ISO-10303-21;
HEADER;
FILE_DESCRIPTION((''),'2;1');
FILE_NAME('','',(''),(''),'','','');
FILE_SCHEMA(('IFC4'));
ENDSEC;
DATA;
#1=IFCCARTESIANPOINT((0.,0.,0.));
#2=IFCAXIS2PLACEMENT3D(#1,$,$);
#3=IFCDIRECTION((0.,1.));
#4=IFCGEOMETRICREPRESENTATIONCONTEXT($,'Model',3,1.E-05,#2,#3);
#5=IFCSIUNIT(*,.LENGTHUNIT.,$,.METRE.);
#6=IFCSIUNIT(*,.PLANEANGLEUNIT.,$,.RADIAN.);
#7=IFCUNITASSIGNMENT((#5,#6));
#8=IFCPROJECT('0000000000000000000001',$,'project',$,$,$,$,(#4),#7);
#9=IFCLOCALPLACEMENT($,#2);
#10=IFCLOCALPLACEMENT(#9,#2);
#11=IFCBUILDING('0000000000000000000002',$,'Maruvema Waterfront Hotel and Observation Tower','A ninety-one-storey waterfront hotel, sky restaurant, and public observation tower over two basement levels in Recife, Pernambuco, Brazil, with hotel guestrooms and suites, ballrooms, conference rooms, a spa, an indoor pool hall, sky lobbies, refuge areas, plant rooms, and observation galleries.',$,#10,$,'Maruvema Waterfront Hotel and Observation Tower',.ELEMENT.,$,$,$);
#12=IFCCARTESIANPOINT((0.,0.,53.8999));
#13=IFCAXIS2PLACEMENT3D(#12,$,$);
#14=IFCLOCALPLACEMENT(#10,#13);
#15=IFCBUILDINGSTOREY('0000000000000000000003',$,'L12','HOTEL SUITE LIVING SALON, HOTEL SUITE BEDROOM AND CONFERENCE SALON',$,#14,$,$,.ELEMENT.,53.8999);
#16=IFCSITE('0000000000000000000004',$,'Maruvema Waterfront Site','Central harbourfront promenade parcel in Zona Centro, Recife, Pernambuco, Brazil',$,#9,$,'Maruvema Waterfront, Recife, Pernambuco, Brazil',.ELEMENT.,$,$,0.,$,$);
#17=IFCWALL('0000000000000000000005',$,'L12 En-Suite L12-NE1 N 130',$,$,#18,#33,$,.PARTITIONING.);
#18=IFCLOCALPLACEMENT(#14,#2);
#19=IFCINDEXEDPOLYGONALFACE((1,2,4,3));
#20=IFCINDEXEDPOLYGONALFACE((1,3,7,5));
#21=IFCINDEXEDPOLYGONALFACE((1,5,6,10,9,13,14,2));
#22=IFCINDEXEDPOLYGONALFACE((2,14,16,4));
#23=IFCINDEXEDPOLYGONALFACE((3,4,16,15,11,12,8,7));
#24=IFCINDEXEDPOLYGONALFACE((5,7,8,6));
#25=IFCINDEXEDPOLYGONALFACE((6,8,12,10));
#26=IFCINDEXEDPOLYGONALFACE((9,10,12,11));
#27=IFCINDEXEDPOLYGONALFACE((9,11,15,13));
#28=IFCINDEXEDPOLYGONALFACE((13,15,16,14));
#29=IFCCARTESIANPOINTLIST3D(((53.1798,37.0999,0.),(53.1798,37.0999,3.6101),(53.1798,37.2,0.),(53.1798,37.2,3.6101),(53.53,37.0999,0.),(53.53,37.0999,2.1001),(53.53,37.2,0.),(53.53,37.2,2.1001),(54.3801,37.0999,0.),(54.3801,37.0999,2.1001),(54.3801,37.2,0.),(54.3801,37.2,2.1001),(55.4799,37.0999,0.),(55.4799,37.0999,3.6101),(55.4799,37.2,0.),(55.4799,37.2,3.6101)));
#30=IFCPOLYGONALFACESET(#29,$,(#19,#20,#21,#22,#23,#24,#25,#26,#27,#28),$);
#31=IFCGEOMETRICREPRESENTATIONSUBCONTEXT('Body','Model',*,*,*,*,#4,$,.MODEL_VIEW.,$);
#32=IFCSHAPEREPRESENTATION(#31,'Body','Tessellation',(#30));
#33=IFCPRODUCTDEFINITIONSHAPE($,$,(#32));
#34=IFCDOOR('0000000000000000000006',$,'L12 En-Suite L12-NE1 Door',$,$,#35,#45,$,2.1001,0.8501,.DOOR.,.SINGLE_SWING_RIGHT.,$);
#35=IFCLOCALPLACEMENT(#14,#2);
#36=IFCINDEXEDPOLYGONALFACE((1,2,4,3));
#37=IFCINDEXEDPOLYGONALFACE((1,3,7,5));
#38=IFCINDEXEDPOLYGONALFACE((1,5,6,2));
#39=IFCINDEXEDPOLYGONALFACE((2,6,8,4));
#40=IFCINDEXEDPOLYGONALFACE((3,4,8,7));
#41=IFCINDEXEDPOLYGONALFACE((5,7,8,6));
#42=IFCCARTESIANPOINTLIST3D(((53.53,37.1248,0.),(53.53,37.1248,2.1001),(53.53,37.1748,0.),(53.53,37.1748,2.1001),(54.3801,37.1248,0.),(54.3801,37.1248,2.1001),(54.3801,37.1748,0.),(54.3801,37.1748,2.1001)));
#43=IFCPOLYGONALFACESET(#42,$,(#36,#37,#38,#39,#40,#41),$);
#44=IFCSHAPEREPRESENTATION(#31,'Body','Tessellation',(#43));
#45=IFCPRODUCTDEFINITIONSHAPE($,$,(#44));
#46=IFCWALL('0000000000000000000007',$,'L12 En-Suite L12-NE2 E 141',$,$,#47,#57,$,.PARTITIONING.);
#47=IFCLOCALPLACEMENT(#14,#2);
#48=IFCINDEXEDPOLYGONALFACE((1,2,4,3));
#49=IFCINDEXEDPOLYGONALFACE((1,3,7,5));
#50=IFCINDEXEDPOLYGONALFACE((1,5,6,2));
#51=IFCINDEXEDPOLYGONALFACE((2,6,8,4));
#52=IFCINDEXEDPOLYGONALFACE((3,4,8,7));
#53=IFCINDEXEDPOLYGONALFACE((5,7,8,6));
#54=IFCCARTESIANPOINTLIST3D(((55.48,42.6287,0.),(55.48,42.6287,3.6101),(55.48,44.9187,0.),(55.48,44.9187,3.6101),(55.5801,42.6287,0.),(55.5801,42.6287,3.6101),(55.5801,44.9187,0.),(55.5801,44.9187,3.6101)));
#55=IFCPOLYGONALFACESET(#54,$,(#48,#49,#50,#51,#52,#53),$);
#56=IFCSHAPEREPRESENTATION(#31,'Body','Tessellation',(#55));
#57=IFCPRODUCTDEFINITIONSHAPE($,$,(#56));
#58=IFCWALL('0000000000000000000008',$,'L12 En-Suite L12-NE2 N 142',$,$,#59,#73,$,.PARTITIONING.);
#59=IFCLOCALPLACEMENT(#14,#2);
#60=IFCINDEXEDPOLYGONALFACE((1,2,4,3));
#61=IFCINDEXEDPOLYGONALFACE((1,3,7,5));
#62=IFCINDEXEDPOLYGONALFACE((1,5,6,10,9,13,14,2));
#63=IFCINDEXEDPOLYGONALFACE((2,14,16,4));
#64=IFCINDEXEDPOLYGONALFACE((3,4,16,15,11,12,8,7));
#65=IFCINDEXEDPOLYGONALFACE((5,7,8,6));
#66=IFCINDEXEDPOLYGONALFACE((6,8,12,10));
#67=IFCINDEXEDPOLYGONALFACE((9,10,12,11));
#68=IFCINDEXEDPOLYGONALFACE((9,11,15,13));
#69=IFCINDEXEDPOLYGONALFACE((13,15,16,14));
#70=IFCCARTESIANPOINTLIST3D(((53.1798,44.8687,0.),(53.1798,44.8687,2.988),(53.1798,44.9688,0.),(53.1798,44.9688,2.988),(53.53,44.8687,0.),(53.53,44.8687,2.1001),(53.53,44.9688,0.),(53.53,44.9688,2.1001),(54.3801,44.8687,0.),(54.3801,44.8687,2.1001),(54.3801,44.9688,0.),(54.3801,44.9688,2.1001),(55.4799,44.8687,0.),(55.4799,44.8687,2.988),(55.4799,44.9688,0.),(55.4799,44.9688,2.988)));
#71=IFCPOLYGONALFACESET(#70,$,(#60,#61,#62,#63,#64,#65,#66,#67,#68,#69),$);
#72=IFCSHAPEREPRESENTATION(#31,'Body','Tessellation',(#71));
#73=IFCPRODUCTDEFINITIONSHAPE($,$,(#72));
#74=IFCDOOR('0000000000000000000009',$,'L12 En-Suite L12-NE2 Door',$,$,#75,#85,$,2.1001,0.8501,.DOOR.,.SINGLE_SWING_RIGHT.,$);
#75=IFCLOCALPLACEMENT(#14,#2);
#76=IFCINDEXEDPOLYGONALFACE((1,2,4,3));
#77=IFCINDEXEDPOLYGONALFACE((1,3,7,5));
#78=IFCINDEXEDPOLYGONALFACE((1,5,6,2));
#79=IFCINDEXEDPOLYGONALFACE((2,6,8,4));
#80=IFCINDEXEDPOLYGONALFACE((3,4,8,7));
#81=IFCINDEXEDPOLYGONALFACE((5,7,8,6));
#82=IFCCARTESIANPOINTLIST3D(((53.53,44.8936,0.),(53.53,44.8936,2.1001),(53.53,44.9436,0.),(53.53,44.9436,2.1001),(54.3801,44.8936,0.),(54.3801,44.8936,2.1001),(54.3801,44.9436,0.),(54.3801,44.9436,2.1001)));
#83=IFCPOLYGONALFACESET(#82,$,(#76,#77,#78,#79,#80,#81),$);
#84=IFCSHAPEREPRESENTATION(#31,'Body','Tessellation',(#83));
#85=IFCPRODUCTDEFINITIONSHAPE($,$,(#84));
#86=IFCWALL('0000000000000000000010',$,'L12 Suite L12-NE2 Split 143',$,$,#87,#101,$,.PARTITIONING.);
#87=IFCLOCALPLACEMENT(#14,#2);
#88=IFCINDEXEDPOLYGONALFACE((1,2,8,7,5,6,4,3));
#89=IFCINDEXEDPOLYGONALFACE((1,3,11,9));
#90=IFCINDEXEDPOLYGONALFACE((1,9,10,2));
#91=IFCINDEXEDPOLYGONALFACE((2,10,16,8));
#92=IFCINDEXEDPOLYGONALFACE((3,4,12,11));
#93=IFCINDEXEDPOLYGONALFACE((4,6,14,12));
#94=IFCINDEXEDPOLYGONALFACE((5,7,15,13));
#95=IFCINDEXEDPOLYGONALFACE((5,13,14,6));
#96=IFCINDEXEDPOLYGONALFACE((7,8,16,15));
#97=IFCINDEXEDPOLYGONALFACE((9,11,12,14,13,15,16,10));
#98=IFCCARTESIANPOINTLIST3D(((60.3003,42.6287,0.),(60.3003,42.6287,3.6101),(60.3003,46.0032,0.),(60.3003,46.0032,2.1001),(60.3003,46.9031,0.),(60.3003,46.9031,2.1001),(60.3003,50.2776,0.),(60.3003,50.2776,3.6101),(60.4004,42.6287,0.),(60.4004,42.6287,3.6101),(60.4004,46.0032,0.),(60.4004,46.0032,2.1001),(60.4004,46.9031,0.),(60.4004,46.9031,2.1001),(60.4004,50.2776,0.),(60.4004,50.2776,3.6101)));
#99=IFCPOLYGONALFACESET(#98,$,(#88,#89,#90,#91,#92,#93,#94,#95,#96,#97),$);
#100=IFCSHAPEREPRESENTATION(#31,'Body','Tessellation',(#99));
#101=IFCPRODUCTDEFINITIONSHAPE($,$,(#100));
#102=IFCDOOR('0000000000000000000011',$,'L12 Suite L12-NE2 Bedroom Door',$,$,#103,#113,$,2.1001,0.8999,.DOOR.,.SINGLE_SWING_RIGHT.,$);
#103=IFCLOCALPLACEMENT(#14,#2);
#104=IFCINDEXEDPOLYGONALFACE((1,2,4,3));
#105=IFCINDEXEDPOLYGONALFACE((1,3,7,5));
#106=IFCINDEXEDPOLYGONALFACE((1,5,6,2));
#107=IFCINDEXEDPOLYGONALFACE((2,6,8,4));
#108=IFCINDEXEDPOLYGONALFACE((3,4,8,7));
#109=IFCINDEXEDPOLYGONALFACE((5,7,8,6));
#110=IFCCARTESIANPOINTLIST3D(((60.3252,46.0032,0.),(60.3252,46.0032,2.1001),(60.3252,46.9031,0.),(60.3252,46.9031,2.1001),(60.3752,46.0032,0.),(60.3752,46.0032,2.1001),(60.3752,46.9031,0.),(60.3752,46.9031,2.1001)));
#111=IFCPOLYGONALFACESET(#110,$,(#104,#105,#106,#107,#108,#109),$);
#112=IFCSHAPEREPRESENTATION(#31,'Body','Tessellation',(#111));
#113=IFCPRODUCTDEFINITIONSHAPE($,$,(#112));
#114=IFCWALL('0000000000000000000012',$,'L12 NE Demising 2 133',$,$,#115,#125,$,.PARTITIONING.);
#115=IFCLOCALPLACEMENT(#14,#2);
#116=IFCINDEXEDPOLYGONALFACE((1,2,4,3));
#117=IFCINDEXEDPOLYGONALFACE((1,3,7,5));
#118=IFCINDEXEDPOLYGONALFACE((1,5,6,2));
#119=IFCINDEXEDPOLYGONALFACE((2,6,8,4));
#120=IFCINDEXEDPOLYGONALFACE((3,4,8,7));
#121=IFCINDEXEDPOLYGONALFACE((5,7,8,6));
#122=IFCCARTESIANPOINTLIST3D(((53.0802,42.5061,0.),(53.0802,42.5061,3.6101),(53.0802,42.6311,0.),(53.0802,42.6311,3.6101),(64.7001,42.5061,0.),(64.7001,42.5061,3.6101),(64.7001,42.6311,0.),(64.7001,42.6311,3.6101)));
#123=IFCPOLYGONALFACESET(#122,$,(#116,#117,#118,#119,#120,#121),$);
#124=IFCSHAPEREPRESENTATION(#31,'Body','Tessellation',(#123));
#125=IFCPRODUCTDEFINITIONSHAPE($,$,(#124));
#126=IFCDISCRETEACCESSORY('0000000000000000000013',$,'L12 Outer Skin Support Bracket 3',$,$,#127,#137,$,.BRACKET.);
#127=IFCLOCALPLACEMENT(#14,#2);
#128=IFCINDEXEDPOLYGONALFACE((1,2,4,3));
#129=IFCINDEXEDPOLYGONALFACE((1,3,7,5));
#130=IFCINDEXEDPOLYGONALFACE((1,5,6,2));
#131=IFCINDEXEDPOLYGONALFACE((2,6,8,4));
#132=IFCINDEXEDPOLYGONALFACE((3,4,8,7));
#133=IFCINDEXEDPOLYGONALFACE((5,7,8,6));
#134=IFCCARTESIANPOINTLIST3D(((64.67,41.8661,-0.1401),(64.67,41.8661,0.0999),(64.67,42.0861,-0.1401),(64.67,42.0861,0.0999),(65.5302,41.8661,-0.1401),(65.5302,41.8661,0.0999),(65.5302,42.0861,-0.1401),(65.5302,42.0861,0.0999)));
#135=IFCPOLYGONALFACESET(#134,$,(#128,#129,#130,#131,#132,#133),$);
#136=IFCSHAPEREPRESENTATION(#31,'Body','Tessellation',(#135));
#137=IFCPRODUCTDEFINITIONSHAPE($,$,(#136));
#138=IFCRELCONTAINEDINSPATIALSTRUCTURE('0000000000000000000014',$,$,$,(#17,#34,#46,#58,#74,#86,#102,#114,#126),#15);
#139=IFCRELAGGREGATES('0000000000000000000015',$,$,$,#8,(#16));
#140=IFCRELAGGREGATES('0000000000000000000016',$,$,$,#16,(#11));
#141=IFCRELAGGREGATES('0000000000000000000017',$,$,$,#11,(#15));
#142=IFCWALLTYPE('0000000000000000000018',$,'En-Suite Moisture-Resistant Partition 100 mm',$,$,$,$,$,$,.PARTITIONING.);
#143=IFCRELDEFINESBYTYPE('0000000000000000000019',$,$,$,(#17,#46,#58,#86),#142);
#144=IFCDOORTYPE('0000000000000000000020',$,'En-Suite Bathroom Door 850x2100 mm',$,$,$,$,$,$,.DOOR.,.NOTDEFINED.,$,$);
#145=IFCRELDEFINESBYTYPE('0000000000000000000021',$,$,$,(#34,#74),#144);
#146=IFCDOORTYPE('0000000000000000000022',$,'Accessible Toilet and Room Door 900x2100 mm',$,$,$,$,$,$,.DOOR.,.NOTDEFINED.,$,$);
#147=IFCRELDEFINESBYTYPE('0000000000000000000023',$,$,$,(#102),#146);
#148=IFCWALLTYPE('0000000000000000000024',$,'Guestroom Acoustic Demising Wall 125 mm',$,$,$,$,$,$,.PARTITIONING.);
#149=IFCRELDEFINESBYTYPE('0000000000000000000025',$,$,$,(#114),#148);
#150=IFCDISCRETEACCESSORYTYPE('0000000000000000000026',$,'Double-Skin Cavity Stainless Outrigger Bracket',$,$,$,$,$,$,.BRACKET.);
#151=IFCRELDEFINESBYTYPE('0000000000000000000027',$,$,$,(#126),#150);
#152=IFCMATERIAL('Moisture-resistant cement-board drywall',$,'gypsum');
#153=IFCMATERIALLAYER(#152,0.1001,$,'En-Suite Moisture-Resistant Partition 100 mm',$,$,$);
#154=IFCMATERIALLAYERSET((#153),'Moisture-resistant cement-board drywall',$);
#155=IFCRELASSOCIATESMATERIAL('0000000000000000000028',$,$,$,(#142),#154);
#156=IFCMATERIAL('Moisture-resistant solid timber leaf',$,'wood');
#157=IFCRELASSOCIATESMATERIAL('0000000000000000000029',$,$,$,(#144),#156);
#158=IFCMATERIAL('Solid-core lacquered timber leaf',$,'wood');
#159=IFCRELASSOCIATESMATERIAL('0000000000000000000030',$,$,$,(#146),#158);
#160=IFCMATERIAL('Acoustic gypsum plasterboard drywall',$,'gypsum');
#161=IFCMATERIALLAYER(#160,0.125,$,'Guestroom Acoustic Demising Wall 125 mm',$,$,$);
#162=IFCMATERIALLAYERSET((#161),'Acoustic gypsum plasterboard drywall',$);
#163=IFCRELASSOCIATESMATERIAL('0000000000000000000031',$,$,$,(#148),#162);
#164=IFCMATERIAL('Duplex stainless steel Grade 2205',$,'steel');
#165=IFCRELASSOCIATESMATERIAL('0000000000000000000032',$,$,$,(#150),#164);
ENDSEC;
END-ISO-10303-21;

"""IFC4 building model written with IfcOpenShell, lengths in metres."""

from ifc_helpers import new_model, si_unit, direction, frame, frame_2d, origin, origin_2d, place, context, subcontext, project, spatial, rectangle, extrude, material, layer, layer_set, type_object, element, fill, save


model = new_model("IFC4")

# Units and contexts
model_context = context("Model", 3, precision=1e-05, world=origin(), true_north=direction((0.0, 1.0)))
body_context = subcontext(model_context, "Body", "Model", "MODEL_VIEW")
ifc_project = project(units=[si_unit("LENGTHUNIT", "METRE"), si_unit("PLANEANGLEUNIT", "RADIAN")], contexts=[model_context])

# Site, building, storey
site_placement = place(None, origin())
site = spatial("IfcSite", under=ifc_project, at=site_placement, Name="Maruvema Waterfront Site", Description="Central harbourfront promenade parcel in Zona Centro, Recife, Pernambuco, Brazil", LongName="Maruvema Waterfront, Recife, Pernambuco, Brazil", CompositionType="ELEMENT", RefElevation=0.0)
building_placement = place(site_placement, origin())
building = spatial("IfcBuilding", under=site, at=building_placement, Name="Maruvema Waterfront Hotel and Observation Tower", Description="A ninety-one-storey waterfront hotel, sky restaurant, and public observation tower over two basement levels in Recife, Pernambuco, Brazil, with hotel guestrooms and suites, ballrooms, conference rooms, a spa, an indoor pool hall, sky lobbies, refuge areas, plant rooms, and observation galleries.", LongName="Maruvema Waterfront Hotel and Observation Tower", CompositionType="ELEMENT")
storey_placement = place(building_placement, frame((0.0, 0.0, 53.8999)))
storey = spatial("IfcBuildingStorey", under=building, at=storey_placement, Name="L12", Description="HOTEL SUITE LIVING SALON, HOTEL SUITE BEDROOM AND CONFERENCE SALON", CompositionType="ELEMENT", Elevation=53.8999)

# Wall, opening, door
ifc_material_1 = material(Name="Moisture-resistant cement-board drywall", Category="gypsum")
ifc_layer_1 = layer(ifc_material_1, 0.1001, Name="En-Suite Moisture-Resistant Partition 100 mm")
ifc_layer_set_1 = layer_set([ifc_layer_1], Name="Moisture-resistant cement-board drywall")
wall_type_1 = type_object("IfcWallType", Name="En-Suite Moisture-Resistant Partition 100 mm", PredefinedType="PARTITIONING", material=ifc_layer_set_1)
wall_1_placement = place(storey_placement, frame((53.1799, 37.1499, 0.0), z_axis=(0.0, 0.0, 1.0), x_axis=(1.0, 0.0, 0.0)))
wall_1 = element("IfcWall", 1, at=wall_1_placement, inside=storey, type_object=wall_type_1, Name="L12 En-Suite L12-NE1 N 130", PredefinedType="PARTITIONING", context=body_context, shape_type="SweptSolid", body=[
    extrude(rectangle(XDim=2.3, YDim=0.1001, at=frame_2d((1.1499, 0.0))), origin(), (0.0, 0.0, 1.0), 3.6101),
])
opening_1_placement = place(wall_1_placement, frame((0.3501, 0.0, 0.0)))
opening_1 = element("IfcOpeningElement", 2, at=opening_1_placement, cuts=wall_1, PredefinedType="OPENING", context=body_context, shape_type="SweptSolid", body=[
    extrude(rectangle(XDim=0.8501, YDim=2.1001, at=frame_2d((0.425, 1.05))), frame((0.0, 0.0601, 0.0), z_axis=(0.0, -1.0, 0.0), x_axis=(1.0, 0.0, 0.0)), (0.0, 0.0, 1.0), 0.1201),
])
ifc_material_2 = material(Name="Moisture-resistant solid timber leaf", Category="wood")
door_type_1 = type_object("IfcDoorType", Name="En-Suite Bathroom Door 850x2100 mm", OperationType="NOTDEFINED", PredefinedType="DOOR", material=ifc_material_2)
door_1_placement = place(opening_1_placement, origin())
door_1 = element("IfcDoor", 3, at=door_1_placement, inside=storey, type_object=door_type_1, Name="L12 En-Suite L12-NE1 Door", OperationType="SINGLE_SWING_RIGHT", OverallHeight=2.1001, OverallWidth=0.8501, PredefinedType="DOOR", context=body_context, shape_type="SweptSolid", body=[
    extrude(rectangle(XDim=0.8501, YDim=2.1001, at=frame_2d((0.425, 1.05))), frame((0.0, 0.0249, 0.0), z_axis=(0.0, -1.0, 0.0), x_axis=(1.0, 0.0, 0.0)), (0.0, 0.0, 1.0), 0.05),
])
fill(opening_1, door_1)

# Wall
wall_2_placement = place(storey_placement, frame((55.53, 42.6287, 0.0), z_axis=(0.0, 0.0, 1.0), x_axis=(0.0, 1.0, 0.0)))
element("IfcWall", 4, at=wall_2_placement, inside=storey, type_object=wall_type_1, Name="L12 En-Suite L12-NE2 E 141", PredefinedType="PARTITIONING", context=body_context, shape_type="SweptSolid", body=[
    extrude(rectangle(XDim=2.29, YDim=0.1001, at=frame_2d((1.145, 0.0))), origin(), (0.0, 0.0, 1.0), 3.6101),
])

# Walls, openings, doors
wall_3_placement = place(storey_placement, frame((53.1799, 44.9187, 0.0), z_axis=(0.0, 0.0, 1.0), x_axis=(1.0, 0.0, 0.0)))
wall_3 = element("IfcWall", 5, at=wall_3_placement, inside=storey, type_object=wall_type_1, Name="L12 En-Suite L12-NE2 N 142", PredefinedType="PARTITIONING", context=body_context, shape_type="SweptSolid", body=[
    extrude(rectangle(XDim=2.3, YDim=0.1001, at=frame_2d((1.1499, 0.0))), origin(), (0.0, 0.0, 1.0), 2.988),
])
opening_2_placement = place(wall_3_placement, frame((0.3501, 0.0, 0.0)))
opening_2 = element("IfcOpeningElement", 6, at=opening_2_placement, cuts=wall_3, PredefinedType="OPENING", context=body_context, shape_type="SweptSolid", body=[
    extrude(rectangle(XDim=0.8501, YDim=2.1001, at=frame_2d((0.425, 1.05))), frame((0.0, 0.0601, 0.0), z_axis=(0.0, -1.0, 0.0), x_axis=(1.0, 0.0, 0.0)), (0.0, 0.0, 1.0), 0.1201),
])
door_2_placement = place(opening_2_placement, origin())
door_2 = element("IfcDoor", 7, at=door_2_placement, inside=storey, type_object=door_type_1, Name="L12 En-Suite L12-NE2 Door", OperationType="SINGLE_SWING_RIGHT", OverallHeight=2.1001, OverallWidth=0.8501, PredefinedType="DOOR", context=body_context, shape_type="SweptSolid", body=[
    extrude(rectangle(XDim=0.8501, YDim=2.1001, at=frame_2d((0.425, 1.05))), frame((0.0, 0.0249, 0.0), z_axis=(0.0, -1.0, 0.0), x_axis=(1.0, 0.0, 0.0)), (0.0, 0.0, 1.0), 0.05),
])
fill(opening_2, door_2)
wall_4_placement = place(storey_placement, frame((60.3503, 42.6287, 0.0), z_axis=(0.0, 0.0, 1.0), x_axis=(0.0, 1.0, 0.0)))
wall_4 = element("IfcWall", 8, at=wall_4_placement, inside=storey, type_object=wall_type_1, Name="L12 Suite L12-NE2 Split 143", PredefinedType="PARTITIONING", context=body_context, shape_type="SweptSolid", body=[
    extrude(rectangle(XDim=7.6489, YDim=0.1001, at=frame_2d((3.8245, 0.0))), origin(), (0.0, 0.0, 1.0), 3.6101),
])
opening_3_placement = place(wall_4_placement, frame((3.3745, 0.0, 0.0)))
opening_3 = element("IfcOpeningElement", 9, at=opening_3_placement, cuts=wall_4, PredefinedType="OPENING", context=body_context, shape_type="SweptSolid", body=[
    extrude(rectangle(XDim=0.8999, YDim=2.1001, at=frame_2d((0.45, 1.05))), frame((0.0, 0.0601, 0.0), z_axis=(0.0, -1.0, 0.0), x_axis=(1.0, 0.0, 0.0)), (0.0, 0.0, 1.0), 0.1201),
])
ifc_material_3 = material(Name="Solid-core lacquered timber leaf", Category="wood")
door_type_2 = type_object("IfcDoorType", Name="Accessible Toilet and Room Door 900x2100 mm", OperationType="NOTDEFINED", PredefinedType="DOOR", material=ifc_material_3)
door_3_placement = place(opening_3_placement, frame((0.8999, 0.0, 0.0), z_axis=(0.0, 0.0, 1.0), x_axis=(-1.0, 0.0, 0.0)))
door_3 = element("IfcDoor", 10, at=door_3_placement, inside=storey, type_object=door_type_2, Name="L12 Suite L12-NE2 Bedroom Door", OperationType="SINGLE_SWING_RIGHT", OverallHeight=2.1001, OverallWidth=0.8999, PredefinedType="DOOR", context=body_context, shape_type="SweptSolid", body=[
    extrude(rectangle(XDim=0.8999, YDim=2.1001, at=frame_2d((0.45, 1.05))), frame((0.0, 0.0249, 0.0), z_axis=(0.0, -1.0, 0.0), x_axis=(1.0, 0.0, 0.0)), (0.0, 0.0, 1.0), 0.05),
])
fill(opening_3, door_3)

# Wall
ifc_material_4 = material(Name="Acoustic gypsum plasterboard drywall", Category="gypsum")
ifc_layer_2 = layer(ifc_material_4, 0.125, Name="Guestroom Acoustic Demising Wall 125 mm")
ifc_layer_set_2 = layer_set([ifc_layer_2], Name="Acoustic gypsum plasterboard drywall")
wall_type_2 = type_object("IfcWallType", Name="Guestroom Acoustic Demising Wall 125 mm", PredefinedType="PARTITIONING", material=ifc_layer_set_2)
wall_5_placement = place(storey_placement, frame((53.0801, 42.5686, 0.0), z_axis=(0.0, 0.0, 1.0), x_axis=(1.0, 0.0, 0.0)))
element("IfcWall", 11, at=wall_5_placement, inside=storey, type_object=wall_type_2, Name="L12 NE Demising 2 133", PredefinedType="PARTITIONING", context=body_context, shape_type="SweptSolid", body=[
    extrude(rectangle(XDim=11.6199, YDim=0.125, at=frame_2d((5.8101, 0.0))), origin(), (0.0, 0.0, 1.0), 3.6101),
])

# Discrete accessory
ifc_material_5 = material(Name="Duplex stainless steel Grade 2205", Category="steel")
discrete_accessory_type = type_object("IfcDiscreteAccessoryType", Name="Double-Skin Cavity Stainless Outrigger Bracket", PredefinedType="BRACKET", material=ifc_material_5)
discrete_accessory_placement = place(storey_placement, frame((65.1001, 41.9761, -0.1401), z_axis=(0.0, 0.0, 1.0), x_axis=(0.0, 1.0, 0.0)))
element("IfcDiscreteAccessory", 12, at=discrete_accessory_placement, inside=storey, type_object=discrete_accessory_type, Name="L12 Outer Skin Support Bracket 3", PredefinedType="BRACKET", context=body_context, shape_type="SweptSolid", body=[
    extrude(rectangle(XDim=0.22, YDim=0.8601, at=origin_2d()), origin(), (0.0, 0.0, 1.0), 0.24),
])

save(model, "model.ifc")
